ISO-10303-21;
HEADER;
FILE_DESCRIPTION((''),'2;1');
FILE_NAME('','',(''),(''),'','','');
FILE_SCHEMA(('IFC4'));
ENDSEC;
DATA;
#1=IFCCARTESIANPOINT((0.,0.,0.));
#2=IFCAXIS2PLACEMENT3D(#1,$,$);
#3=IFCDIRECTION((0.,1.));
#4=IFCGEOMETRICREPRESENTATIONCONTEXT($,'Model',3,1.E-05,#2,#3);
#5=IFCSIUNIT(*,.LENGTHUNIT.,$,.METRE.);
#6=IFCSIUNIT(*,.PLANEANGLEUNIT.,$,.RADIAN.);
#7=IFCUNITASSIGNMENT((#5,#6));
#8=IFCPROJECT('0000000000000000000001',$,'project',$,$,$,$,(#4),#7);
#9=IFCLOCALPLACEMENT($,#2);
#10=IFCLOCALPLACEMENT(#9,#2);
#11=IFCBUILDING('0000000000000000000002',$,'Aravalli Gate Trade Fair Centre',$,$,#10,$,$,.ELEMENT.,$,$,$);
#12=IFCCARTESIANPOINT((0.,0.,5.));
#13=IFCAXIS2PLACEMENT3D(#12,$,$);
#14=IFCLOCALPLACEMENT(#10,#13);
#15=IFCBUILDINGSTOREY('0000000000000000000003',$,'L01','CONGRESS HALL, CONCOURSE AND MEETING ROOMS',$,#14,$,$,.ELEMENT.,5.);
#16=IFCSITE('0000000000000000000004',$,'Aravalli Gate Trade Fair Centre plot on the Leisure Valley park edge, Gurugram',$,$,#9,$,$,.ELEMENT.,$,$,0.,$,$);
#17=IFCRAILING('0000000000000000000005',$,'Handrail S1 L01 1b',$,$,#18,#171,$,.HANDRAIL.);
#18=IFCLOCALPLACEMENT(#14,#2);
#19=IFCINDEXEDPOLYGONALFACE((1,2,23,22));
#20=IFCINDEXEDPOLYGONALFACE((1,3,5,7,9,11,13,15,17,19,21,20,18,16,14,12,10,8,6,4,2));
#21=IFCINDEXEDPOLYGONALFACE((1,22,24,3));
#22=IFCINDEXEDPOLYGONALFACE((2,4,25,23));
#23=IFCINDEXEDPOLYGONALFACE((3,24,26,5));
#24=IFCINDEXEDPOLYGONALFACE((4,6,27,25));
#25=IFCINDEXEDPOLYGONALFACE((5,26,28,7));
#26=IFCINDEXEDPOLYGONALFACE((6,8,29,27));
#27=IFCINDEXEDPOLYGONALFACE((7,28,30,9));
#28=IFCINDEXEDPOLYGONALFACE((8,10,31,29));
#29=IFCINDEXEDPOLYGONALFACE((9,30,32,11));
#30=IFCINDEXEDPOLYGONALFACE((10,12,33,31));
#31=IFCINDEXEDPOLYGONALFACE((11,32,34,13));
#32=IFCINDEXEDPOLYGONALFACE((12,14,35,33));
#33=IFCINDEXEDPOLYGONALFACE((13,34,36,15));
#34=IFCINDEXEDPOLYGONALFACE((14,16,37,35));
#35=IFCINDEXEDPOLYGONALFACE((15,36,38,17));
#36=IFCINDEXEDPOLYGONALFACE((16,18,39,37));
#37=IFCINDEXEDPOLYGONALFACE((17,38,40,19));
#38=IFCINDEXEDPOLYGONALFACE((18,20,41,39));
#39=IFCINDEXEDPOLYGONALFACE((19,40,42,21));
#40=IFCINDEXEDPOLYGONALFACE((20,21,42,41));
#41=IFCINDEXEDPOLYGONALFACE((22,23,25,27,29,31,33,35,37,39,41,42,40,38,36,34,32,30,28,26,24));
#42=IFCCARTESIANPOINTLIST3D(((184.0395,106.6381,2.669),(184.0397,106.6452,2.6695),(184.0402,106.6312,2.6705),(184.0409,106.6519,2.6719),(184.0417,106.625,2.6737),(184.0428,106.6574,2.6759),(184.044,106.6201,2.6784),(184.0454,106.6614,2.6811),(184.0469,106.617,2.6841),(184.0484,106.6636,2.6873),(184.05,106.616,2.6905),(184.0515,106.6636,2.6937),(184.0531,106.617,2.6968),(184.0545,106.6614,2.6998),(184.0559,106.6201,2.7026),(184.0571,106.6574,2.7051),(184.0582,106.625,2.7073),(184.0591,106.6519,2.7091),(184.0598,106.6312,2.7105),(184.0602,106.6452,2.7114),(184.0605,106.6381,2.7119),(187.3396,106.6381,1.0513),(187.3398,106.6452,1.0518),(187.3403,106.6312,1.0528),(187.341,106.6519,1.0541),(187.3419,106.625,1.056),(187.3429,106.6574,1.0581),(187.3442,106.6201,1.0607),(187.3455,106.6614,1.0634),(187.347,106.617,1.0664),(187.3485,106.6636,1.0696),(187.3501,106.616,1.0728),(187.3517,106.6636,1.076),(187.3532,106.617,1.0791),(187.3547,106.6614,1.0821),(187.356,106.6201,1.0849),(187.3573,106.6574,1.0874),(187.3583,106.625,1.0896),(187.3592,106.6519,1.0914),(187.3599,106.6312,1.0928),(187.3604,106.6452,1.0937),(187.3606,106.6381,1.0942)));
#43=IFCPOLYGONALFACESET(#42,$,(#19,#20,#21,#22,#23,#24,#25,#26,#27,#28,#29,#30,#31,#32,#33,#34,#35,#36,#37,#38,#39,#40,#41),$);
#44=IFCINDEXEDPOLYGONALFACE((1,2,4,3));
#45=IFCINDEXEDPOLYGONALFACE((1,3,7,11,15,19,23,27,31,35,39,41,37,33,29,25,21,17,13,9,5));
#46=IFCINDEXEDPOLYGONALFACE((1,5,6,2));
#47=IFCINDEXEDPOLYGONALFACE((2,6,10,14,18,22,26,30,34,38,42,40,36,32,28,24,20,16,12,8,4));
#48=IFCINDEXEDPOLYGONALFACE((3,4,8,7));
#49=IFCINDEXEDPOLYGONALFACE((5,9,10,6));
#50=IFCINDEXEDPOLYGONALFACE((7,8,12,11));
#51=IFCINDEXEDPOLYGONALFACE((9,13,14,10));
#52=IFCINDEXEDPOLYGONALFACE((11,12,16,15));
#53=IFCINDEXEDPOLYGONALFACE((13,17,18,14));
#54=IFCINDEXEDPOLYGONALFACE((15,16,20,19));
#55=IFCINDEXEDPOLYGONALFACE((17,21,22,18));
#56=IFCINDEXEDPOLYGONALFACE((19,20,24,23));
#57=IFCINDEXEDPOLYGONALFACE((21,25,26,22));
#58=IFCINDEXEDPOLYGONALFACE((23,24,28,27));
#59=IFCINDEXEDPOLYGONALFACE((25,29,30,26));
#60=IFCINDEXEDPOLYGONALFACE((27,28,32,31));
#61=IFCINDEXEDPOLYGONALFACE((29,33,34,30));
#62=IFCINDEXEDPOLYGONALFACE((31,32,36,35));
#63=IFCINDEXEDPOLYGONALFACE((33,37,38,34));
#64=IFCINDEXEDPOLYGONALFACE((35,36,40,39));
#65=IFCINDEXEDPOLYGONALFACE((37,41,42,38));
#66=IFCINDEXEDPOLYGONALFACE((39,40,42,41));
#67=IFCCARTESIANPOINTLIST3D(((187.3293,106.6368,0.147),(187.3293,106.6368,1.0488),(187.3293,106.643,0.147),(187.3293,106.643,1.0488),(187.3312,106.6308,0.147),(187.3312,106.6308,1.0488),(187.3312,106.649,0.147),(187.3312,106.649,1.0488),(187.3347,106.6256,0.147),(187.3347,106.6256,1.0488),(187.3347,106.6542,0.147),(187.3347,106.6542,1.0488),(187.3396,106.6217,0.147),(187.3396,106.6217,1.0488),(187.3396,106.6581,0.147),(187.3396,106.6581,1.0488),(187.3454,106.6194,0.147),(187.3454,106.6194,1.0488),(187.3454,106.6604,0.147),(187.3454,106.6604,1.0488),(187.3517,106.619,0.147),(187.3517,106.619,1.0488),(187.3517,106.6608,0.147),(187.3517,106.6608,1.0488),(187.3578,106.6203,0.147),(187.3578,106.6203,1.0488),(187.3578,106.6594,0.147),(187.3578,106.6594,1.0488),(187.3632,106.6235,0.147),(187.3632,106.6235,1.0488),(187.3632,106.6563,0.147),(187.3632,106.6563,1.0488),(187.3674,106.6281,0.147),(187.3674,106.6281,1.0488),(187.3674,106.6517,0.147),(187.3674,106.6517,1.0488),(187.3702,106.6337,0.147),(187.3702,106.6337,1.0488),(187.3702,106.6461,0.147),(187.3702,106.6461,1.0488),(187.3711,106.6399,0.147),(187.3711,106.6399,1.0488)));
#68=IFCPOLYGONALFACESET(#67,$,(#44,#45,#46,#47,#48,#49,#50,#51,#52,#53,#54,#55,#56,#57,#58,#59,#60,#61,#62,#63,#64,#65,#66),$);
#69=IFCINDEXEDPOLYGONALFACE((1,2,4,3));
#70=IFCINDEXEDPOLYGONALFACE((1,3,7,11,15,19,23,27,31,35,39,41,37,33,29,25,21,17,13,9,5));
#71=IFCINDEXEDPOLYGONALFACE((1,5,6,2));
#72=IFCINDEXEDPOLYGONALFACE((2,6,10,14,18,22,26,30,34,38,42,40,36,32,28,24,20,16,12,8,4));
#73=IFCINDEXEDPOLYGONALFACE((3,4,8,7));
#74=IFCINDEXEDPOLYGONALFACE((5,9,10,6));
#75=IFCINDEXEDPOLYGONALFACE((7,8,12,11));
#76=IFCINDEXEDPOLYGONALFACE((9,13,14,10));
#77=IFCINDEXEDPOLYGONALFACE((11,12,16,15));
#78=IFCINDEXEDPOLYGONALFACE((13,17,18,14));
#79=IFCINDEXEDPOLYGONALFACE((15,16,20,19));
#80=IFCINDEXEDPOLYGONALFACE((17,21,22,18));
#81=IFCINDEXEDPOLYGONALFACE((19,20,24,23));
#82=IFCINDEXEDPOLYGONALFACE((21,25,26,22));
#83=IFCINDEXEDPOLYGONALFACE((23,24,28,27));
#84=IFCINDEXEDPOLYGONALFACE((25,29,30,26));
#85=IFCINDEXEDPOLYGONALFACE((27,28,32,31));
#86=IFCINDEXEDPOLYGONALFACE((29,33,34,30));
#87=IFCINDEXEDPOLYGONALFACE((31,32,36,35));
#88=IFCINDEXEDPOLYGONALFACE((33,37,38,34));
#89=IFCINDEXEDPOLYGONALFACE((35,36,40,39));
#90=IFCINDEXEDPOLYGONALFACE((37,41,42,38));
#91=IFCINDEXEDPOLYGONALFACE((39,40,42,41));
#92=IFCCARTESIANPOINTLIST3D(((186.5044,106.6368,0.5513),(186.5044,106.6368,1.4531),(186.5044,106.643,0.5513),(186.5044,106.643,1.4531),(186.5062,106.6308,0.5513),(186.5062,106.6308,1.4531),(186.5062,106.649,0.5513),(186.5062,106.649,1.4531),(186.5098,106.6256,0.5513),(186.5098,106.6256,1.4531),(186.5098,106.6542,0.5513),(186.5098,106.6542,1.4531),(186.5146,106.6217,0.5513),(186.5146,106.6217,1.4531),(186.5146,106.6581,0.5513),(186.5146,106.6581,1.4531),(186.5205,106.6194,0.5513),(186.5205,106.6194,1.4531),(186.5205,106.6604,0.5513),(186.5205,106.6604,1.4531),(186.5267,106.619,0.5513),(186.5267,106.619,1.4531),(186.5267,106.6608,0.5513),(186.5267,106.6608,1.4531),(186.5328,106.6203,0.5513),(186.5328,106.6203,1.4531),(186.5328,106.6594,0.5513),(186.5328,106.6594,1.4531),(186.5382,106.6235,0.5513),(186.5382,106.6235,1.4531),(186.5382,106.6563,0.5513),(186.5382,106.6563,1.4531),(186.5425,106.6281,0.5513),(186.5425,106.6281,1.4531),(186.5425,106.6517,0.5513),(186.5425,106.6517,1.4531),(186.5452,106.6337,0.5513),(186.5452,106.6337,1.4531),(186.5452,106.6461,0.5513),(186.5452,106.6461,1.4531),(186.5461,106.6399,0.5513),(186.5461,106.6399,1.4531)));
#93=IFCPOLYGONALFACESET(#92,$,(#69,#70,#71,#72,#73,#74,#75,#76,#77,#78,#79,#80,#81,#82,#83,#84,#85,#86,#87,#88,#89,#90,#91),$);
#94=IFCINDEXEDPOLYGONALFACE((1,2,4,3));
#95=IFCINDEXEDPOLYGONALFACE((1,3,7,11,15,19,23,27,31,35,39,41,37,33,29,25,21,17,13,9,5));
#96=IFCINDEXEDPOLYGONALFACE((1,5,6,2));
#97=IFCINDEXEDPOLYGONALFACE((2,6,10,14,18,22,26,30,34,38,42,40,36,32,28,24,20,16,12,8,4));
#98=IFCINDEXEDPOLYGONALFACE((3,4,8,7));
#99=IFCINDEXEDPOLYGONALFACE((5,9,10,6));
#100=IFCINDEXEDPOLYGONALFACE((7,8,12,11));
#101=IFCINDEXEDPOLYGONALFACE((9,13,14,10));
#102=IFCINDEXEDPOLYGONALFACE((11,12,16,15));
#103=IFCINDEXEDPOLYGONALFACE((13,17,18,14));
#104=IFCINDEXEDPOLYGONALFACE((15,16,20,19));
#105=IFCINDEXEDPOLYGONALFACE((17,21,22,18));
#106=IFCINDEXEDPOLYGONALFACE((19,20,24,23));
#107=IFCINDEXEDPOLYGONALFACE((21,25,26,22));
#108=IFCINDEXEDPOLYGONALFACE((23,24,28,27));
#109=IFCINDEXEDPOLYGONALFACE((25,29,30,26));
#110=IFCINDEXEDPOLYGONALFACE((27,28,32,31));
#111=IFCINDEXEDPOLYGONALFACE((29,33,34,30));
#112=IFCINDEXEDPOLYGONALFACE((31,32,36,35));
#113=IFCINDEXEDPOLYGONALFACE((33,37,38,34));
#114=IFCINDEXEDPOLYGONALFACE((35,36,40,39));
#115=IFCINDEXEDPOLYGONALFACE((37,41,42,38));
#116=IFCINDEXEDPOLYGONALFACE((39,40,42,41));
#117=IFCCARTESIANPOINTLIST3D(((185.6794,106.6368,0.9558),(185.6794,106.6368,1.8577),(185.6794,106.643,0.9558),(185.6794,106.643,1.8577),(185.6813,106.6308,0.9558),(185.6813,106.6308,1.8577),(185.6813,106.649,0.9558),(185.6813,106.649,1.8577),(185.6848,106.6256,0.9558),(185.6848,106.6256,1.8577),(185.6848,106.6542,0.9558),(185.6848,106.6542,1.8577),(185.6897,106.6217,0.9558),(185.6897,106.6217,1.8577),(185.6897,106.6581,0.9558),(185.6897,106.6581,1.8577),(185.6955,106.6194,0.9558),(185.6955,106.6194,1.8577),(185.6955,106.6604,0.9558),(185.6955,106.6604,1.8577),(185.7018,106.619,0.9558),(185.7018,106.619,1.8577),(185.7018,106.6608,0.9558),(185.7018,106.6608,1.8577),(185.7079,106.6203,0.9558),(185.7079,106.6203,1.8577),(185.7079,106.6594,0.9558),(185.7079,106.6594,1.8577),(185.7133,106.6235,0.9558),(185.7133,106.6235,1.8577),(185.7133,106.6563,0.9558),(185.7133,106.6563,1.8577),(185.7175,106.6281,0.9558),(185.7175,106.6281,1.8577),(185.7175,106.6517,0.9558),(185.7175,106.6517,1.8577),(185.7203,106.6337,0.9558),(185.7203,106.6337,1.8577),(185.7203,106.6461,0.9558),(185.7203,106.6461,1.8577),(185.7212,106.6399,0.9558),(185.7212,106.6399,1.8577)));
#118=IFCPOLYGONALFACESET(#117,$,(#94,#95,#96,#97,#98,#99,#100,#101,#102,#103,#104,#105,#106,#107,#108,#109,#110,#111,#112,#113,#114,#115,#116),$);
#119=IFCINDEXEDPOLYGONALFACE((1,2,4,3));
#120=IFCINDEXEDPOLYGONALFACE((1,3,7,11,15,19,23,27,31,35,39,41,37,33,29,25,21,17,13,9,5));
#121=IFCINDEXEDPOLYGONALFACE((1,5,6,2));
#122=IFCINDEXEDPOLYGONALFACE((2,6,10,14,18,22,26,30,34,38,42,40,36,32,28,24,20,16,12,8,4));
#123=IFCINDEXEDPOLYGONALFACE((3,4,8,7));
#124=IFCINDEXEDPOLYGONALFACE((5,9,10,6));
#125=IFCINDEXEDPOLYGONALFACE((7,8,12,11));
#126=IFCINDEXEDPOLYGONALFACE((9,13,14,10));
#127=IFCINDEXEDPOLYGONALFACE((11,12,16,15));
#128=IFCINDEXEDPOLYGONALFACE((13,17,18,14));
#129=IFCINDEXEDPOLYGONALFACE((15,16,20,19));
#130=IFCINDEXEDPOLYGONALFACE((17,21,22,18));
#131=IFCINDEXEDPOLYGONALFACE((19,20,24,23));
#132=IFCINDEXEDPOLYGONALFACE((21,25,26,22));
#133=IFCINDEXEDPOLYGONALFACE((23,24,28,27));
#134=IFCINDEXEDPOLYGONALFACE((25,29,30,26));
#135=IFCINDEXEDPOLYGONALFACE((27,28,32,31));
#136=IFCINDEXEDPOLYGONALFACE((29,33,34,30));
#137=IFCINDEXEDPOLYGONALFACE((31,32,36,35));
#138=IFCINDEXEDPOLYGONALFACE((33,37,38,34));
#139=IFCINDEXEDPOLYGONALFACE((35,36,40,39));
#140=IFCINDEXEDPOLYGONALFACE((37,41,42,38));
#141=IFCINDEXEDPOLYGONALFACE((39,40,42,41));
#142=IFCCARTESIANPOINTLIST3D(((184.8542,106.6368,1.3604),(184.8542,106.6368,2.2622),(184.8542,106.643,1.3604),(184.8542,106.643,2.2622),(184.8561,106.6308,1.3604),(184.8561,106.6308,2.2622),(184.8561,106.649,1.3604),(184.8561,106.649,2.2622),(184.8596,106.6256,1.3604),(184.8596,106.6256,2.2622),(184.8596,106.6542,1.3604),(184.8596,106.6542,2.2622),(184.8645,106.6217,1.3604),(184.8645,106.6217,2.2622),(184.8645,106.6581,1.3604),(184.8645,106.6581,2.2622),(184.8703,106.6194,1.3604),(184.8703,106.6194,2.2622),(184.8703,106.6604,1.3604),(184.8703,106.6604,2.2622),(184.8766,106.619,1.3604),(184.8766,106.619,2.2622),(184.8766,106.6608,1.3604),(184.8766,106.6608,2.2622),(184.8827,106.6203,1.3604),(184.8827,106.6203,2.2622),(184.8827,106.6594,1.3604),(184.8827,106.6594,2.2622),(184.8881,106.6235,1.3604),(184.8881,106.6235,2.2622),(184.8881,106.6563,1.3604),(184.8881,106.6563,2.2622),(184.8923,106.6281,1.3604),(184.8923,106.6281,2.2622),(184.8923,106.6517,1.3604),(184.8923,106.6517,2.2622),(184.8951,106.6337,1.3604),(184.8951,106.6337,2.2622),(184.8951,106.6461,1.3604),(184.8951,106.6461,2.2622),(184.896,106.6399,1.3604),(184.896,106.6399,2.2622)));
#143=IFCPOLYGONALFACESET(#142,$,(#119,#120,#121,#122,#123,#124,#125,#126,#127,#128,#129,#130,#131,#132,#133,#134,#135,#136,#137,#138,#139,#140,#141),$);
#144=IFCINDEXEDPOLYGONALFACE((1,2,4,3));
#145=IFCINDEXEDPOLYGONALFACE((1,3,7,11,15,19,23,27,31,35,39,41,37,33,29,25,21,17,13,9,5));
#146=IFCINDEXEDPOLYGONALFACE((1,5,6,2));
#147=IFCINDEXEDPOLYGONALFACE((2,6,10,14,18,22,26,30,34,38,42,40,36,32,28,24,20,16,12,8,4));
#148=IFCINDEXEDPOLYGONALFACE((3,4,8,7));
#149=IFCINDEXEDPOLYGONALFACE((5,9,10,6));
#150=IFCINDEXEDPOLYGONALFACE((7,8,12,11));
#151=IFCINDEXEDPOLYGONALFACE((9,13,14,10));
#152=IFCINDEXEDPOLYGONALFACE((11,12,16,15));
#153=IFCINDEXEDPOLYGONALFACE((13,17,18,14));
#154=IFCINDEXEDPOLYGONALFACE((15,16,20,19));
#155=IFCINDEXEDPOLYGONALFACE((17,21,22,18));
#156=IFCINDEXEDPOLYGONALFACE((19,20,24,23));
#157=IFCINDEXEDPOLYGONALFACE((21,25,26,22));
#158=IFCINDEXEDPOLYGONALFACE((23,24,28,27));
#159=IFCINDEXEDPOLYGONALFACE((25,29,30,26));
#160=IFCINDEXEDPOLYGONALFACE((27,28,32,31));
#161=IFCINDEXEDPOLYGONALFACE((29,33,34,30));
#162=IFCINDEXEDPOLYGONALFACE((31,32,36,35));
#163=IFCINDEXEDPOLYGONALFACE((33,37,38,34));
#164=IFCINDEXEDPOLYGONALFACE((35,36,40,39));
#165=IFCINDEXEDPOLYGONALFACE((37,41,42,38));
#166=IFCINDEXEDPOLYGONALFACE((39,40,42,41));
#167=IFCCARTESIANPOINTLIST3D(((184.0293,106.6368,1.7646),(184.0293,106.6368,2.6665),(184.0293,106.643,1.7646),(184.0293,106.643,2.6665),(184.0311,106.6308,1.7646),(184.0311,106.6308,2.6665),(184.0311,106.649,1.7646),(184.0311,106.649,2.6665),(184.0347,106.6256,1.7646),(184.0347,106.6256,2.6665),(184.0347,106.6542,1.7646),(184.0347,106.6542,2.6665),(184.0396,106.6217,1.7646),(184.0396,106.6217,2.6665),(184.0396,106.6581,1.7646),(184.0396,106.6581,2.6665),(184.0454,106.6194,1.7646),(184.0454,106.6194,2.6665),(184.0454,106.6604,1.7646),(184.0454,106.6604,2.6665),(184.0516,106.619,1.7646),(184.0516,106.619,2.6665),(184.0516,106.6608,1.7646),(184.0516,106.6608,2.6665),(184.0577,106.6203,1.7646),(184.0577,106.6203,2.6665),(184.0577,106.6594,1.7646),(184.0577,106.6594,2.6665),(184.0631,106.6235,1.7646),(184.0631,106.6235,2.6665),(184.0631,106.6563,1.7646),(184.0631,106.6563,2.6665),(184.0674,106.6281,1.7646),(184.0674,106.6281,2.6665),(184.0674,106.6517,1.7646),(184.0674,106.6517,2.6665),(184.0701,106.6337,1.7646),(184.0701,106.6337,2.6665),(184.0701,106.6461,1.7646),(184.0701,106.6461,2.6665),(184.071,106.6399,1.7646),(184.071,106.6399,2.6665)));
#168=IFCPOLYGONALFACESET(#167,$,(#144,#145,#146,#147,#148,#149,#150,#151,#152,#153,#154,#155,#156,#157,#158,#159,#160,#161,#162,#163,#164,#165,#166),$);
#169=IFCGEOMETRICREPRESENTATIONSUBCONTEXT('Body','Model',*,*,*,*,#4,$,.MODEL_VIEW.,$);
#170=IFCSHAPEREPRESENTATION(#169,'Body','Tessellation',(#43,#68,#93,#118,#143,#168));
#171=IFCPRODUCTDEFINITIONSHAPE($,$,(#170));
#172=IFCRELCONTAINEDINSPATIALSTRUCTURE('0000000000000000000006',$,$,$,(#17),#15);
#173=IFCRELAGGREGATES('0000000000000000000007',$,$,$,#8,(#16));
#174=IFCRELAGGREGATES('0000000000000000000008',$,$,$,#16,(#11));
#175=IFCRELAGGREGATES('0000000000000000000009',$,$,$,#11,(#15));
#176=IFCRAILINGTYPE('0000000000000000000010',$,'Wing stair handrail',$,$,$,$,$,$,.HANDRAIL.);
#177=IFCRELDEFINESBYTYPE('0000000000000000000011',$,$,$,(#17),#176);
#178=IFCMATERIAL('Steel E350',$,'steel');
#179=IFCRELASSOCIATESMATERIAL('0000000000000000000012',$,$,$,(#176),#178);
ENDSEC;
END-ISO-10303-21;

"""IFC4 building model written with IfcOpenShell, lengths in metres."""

from ifc_helpers import new_model, si_unit, direction, frame, origin, origin_2d, place, context, subcontext, project, spatial, circle, extrude, material, type_object, element, save


model = new_model("IFC4")

# Units and contexts
model_context = context("Model", 3, precision=1e-05, world=origin(), true_north=direction((0.0, 1.0)))
body_context = subcontext(model_context, "Body", "Model", "MODEL_VIEW")
ifc_project = project(units=[si_unit("LENGTHUNIT", "METRE"), si_unit("PLANEANGLEUNIT", "RADIAN")], contexts=[model_context])

# Site, building, storey
site_placement = place(None, origin())
site = spatial("IfcSite", under=ifc_project, at=site_placement, Name="Aravalli Gate Trade Fair Centre plot on the Leisure Valley park edge, Gurugram", CompositionType="ELEMENT", RefElevation=0.0)
building_placement = place(site_placement, origin())
building = spatial("IfcBuilding", under=site, at=building_placement, Name="Aravalli Gate Trade Fair Centre", CompositionType="ELEMENT")
storey_placement = place(building_placement, frame((0.0, 0.0, 5.0)))
storey = spatial("IfcBuildingStorey", under=building, at=storey_placement, Name="L01", Description="CONGRESS HALL, CONCOURSE AND MEETING ROOMS", CompositionType="ELEMENT", Elevation=5.0)

# Shared definitions
ifc_material_1 = material(Name="Steel E350", Category="steel")

# Railing
railing_type_1 = type_object("IfcRailingType", Name="Wing stair handrail", PredefinedType="HANDRAIL", material=ifc_material_1)
for number, where, name in (
    (1, (187.3501, 106.6399, 0.147), "Handrail S1 L01 1b"),
):
    element("IfcRailing", number, at=place(storey_placement, frame(where)), inside=storey, type_object=railing_type_1, Name=name, PredefinedType="HANDRAIL", context=body_context, shape_type="SweptSolid", body=[
        extrude(circle(Radius=0.0239, at=origin_2d()), frame((0.0, 0.0, 0.9258), z_axis=(-0.89792, 0.0, 0.440158), x_axis=(0.0, -1.0, 0.0)), (0.0, 0.0, 1.0), 3.6753),
        extrude(circle(Radius=0.021, at=origin_2d()), origin(), (0.0, 0.0, 1.0), 0.9019),
        extrude(circle(Radius=0.021, at=origin_2d()), frame((-0.825, 0.0, 0.4043)), (0.0, 0.0, 1.0), 0.9019),
        extrude(circle(Radius=0.021, at=origin_2d()), frame((-1.6499, 0.0, 0.8088)), (0.0, 0.0, 1.0), 0.9019),
        extrude(circle(Radius=0.021, at=origin_2d()), frame((-2.4751, 0.0, 1.2134)), (0.0, 0.0, 1.0), 0.9019),
        extrude(circle(Radius=0.021, at=origin_2d()), frame((-3.3, 0.0, 1.6177)), (0.0, 0.0, 1.0), 0.9019),
    ])

save(model, "model.ifc")
